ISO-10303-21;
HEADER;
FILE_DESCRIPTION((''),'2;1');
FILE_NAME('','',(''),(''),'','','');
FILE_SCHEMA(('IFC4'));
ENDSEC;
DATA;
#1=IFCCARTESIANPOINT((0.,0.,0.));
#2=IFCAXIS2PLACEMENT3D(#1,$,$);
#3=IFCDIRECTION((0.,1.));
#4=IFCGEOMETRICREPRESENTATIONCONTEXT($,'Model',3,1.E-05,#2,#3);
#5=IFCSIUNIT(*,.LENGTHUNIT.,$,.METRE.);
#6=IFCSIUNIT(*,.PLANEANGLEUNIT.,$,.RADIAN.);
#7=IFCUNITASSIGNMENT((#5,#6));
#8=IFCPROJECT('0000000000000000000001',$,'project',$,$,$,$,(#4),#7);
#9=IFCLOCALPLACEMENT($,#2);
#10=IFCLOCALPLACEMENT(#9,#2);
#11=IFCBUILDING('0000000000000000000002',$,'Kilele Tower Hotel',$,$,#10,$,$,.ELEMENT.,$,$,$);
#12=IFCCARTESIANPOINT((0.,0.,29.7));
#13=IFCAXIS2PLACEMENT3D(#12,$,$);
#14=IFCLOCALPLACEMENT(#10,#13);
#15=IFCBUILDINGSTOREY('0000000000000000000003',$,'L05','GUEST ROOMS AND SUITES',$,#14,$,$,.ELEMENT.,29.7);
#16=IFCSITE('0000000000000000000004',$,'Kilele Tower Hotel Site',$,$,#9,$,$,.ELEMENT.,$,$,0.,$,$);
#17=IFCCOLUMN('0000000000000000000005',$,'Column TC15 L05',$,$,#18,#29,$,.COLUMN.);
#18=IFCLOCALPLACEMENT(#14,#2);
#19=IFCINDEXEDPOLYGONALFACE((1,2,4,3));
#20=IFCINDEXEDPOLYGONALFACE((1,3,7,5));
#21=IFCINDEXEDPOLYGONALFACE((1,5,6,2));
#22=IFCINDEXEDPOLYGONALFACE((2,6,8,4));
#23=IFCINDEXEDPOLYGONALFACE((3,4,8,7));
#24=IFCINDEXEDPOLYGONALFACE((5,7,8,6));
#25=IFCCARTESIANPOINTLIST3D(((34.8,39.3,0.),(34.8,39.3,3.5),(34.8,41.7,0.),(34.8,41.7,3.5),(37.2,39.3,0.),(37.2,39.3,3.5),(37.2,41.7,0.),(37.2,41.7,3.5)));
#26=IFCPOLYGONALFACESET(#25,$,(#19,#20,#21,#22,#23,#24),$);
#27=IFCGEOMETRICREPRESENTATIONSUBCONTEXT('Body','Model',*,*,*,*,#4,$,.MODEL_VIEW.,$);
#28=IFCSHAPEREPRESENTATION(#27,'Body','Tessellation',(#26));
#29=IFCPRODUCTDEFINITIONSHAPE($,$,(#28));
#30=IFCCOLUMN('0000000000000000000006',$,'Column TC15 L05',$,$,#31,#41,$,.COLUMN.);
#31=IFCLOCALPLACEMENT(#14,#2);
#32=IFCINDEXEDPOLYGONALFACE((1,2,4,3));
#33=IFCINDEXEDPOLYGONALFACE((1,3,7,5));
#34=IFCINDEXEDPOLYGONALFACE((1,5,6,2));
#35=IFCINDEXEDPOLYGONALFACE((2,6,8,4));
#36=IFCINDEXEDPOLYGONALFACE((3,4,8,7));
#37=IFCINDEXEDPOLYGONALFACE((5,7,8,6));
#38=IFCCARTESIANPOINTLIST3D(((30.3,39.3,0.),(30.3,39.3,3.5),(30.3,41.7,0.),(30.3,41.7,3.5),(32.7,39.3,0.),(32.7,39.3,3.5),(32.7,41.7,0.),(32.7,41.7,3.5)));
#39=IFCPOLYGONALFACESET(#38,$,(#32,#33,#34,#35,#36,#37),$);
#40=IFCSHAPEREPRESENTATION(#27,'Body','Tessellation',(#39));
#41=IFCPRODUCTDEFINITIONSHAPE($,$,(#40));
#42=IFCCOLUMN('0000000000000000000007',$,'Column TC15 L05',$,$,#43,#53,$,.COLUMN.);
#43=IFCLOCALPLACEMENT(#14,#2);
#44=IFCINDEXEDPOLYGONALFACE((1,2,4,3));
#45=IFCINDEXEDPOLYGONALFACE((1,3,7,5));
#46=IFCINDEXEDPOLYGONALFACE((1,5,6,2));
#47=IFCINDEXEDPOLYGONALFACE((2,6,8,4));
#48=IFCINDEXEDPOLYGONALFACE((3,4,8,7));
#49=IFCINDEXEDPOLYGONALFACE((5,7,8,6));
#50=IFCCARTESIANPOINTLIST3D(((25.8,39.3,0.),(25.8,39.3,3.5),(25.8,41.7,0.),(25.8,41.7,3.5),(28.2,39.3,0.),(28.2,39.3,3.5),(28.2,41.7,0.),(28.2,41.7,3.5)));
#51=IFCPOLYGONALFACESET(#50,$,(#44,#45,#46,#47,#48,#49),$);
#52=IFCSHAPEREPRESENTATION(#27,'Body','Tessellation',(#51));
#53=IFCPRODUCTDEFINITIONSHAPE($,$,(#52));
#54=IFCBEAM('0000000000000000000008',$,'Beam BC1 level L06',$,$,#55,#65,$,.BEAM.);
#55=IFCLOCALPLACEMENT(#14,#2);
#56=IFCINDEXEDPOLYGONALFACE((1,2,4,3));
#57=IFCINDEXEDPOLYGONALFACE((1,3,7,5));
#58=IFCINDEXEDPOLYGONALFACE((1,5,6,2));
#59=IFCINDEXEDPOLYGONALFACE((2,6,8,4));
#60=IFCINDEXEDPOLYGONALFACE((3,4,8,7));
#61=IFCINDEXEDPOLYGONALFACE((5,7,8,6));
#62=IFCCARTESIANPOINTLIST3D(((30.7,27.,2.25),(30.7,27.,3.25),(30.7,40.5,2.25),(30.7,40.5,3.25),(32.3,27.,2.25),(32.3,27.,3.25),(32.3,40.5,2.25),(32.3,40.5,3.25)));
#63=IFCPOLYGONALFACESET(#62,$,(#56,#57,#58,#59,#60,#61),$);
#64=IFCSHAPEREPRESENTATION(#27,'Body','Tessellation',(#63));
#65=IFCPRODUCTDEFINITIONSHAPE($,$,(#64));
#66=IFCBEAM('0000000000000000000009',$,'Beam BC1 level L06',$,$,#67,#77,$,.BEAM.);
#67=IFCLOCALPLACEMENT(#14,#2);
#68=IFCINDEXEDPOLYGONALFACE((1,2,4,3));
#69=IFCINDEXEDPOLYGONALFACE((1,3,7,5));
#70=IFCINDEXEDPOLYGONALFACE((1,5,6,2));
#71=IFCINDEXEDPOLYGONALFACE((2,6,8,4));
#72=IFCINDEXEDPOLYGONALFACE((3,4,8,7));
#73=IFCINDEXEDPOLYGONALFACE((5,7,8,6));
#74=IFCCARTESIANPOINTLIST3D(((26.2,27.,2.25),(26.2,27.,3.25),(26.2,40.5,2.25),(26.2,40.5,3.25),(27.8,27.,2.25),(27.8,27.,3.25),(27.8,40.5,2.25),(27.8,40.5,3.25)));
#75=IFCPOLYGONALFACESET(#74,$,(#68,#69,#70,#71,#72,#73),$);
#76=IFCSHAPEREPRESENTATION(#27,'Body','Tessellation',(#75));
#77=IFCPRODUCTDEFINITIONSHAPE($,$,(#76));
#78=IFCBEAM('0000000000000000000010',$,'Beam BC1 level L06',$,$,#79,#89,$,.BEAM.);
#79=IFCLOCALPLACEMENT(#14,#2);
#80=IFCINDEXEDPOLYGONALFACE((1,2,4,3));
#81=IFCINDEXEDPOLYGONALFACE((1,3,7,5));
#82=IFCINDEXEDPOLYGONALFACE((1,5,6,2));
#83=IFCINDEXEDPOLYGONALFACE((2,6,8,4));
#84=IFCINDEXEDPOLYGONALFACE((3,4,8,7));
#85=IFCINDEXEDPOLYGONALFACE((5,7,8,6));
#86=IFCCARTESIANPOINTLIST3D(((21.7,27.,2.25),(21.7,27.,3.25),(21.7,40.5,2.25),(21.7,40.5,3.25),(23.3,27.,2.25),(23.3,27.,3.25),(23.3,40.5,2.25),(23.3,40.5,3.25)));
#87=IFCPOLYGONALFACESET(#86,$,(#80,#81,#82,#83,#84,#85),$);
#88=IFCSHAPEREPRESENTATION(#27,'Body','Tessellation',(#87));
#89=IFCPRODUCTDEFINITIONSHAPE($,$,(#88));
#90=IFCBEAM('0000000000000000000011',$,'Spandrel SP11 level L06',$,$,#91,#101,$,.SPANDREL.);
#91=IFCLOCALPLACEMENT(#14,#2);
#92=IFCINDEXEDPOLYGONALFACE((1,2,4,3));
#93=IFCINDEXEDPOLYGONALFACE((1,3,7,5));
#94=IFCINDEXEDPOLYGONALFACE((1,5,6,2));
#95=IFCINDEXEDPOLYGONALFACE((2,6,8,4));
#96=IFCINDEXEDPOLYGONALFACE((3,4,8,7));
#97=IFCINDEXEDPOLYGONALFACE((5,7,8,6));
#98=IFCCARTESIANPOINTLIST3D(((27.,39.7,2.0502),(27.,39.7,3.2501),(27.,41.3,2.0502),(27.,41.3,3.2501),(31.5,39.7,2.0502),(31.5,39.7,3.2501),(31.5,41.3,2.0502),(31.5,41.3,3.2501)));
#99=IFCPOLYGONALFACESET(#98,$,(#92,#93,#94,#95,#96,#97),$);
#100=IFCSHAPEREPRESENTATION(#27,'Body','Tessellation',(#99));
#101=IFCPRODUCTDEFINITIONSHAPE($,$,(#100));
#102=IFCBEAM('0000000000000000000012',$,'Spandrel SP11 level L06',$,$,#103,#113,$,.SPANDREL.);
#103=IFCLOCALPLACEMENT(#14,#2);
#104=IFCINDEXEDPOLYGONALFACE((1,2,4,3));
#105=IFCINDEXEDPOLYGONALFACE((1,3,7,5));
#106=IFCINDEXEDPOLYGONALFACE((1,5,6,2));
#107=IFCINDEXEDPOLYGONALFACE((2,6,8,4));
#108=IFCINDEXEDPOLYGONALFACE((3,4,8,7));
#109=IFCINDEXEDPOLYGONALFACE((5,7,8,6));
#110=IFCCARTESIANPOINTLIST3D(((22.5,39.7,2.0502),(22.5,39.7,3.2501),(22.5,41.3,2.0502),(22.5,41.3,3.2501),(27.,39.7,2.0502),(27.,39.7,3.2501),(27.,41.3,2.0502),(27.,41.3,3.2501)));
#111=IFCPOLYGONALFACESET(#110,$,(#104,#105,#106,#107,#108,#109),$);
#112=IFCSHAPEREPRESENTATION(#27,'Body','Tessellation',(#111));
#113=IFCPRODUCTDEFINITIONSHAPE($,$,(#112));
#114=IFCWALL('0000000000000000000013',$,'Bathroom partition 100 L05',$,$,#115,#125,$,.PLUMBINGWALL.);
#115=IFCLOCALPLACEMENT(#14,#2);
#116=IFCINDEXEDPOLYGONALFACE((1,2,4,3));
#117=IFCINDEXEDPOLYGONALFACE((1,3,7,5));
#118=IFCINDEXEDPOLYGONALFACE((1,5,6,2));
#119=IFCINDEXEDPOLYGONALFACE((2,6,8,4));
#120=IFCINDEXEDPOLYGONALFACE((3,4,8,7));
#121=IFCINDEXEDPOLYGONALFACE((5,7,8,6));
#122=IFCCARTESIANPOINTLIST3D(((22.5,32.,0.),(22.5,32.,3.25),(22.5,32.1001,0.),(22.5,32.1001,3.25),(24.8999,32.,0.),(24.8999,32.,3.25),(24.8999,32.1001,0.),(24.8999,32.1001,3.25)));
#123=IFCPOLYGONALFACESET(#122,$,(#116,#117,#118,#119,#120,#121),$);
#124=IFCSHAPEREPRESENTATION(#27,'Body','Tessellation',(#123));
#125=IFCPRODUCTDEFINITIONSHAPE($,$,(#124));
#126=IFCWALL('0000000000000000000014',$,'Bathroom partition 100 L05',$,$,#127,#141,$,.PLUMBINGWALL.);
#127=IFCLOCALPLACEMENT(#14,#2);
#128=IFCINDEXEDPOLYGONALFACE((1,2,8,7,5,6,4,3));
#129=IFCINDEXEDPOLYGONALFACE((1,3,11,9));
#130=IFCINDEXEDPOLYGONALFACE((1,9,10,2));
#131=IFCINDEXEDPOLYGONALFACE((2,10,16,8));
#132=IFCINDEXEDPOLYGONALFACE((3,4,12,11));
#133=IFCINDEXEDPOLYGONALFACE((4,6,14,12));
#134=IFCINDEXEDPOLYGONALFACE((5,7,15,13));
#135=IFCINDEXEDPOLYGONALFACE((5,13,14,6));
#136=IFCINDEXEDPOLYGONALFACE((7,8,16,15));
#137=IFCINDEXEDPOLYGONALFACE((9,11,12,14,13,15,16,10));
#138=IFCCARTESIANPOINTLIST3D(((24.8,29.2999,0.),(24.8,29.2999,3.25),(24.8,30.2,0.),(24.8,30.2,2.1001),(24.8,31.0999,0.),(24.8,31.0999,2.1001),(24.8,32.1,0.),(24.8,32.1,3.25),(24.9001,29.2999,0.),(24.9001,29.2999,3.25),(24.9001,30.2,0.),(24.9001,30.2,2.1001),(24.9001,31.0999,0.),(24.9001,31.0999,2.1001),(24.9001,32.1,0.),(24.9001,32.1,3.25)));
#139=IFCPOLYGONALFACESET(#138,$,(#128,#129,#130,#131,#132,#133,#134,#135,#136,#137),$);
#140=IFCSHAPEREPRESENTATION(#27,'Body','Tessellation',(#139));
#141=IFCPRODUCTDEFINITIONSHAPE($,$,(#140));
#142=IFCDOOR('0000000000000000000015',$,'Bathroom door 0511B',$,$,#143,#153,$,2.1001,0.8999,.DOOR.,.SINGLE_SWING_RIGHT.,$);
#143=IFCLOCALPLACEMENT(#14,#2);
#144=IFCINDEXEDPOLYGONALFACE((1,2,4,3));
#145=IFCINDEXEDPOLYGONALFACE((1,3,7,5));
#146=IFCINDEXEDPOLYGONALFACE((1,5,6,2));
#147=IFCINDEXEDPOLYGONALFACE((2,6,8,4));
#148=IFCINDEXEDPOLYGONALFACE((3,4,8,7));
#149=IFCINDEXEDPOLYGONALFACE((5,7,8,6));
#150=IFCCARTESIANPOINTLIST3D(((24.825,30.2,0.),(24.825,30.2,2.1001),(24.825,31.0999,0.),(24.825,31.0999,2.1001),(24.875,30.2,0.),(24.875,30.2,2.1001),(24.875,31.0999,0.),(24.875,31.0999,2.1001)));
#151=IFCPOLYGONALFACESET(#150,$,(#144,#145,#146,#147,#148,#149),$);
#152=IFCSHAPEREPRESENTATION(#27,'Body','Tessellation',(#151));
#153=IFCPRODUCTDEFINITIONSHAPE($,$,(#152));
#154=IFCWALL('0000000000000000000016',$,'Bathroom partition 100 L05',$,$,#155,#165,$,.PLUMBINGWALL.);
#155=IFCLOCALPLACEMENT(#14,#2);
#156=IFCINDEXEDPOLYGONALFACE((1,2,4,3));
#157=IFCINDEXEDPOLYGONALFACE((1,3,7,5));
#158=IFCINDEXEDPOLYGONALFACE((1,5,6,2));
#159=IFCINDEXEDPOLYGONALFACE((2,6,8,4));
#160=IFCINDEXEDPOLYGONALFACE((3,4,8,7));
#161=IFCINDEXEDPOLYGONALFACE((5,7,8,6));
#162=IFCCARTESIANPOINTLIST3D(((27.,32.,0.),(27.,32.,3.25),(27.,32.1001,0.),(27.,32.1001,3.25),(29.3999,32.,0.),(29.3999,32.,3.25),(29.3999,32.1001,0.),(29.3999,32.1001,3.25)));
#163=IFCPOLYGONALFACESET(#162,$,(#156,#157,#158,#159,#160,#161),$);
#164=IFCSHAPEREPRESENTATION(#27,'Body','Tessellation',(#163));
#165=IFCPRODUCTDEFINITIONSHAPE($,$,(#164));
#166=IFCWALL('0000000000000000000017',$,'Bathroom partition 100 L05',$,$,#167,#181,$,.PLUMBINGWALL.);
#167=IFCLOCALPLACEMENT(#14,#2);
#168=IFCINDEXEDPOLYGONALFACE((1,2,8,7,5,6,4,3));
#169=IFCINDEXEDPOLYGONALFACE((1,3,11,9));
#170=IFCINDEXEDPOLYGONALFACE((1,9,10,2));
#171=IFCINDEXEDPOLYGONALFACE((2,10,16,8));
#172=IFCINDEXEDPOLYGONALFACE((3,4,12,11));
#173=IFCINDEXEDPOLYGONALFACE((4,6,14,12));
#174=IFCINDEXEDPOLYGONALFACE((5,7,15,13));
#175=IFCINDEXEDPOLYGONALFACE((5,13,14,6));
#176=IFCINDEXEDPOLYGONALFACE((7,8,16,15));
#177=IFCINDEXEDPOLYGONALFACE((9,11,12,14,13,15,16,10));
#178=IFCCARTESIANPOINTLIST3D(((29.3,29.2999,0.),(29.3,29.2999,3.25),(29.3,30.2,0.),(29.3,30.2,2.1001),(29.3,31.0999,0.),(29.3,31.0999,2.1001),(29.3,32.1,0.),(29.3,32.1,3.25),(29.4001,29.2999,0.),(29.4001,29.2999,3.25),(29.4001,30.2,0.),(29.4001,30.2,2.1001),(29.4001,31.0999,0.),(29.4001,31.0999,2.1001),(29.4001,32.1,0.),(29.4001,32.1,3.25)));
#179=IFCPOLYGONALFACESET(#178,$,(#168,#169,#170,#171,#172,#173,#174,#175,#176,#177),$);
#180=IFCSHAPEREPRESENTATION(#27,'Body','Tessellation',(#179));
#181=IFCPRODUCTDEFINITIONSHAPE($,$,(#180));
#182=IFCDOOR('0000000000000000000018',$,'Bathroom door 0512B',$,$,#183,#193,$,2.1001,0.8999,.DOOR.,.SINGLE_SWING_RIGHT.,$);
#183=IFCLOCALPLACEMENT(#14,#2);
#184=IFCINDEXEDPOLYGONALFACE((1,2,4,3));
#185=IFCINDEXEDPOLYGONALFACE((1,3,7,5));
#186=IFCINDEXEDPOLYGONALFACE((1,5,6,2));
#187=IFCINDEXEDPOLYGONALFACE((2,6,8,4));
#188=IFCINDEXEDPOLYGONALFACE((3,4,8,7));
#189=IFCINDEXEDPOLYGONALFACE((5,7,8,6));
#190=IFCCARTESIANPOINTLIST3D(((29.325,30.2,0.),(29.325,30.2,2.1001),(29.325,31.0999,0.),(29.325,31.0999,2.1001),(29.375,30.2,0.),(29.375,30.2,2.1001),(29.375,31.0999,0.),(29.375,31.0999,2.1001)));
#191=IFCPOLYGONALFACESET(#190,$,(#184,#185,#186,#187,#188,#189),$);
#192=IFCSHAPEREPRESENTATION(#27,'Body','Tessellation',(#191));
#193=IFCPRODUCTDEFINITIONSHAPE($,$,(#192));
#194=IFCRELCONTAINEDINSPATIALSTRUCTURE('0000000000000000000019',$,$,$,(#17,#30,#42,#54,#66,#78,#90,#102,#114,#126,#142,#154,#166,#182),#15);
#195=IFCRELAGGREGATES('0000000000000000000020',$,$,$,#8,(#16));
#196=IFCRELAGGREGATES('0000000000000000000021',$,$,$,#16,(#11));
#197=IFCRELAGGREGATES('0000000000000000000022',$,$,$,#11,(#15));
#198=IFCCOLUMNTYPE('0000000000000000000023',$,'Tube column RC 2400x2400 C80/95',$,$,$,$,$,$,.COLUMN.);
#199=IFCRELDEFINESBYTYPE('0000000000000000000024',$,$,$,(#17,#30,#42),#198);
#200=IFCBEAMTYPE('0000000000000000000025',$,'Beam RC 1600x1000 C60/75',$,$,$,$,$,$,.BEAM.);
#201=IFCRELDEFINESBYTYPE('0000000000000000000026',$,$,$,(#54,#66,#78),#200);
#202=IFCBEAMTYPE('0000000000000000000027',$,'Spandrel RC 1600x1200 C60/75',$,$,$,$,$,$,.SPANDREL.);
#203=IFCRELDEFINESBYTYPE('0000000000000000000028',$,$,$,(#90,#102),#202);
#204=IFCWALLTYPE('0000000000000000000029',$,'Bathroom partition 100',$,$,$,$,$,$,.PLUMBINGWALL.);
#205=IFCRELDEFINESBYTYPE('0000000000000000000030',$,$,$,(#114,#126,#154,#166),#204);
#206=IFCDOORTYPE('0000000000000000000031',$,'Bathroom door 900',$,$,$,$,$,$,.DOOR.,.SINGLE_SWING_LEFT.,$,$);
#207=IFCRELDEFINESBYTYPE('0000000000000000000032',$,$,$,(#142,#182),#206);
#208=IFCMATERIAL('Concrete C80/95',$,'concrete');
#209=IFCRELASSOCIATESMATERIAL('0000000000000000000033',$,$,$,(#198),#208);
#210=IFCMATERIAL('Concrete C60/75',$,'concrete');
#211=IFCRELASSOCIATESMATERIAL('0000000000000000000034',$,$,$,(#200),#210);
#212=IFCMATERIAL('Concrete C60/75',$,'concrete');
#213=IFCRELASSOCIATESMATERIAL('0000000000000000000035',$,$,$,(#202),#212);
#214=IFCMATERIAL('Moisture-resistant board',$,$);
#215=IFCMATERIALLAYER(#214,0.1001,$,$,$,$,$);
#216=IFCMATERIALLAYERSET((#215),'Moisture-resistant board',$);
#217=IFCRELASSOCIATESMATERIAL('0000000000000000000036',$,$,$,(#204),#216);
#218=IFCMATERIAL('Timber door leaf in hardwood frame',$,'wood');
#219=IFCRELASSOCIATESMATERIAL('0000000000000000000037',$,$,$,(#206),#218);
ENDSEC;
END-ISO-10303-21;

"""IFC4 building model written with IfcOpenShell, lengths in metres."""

from ifc_helpers import new_model, si_unit, direction, frame, frame_2d, origin, origin_2d, place, context, subcontext, project, spatial, rectangle, extrude, material, layer, layer_set, material_profile, profile_set, type_object, element, fill, save


model = new_model("IFC4")

# Units and contexts
model_context = context("Model", 3, precision=1e-05, world=origin(), true_north=direction((0.0, 1.0)))
body_context = subcontext(model_context, "Body", "Model", "MODEL_VIEW")
ifc_project = project(units=[si_unit("LENGTHUNIT", "METRE"), si_unit("PLANEANGLEUNIT", "RADIAN")], contexts=[model_context])

# Site, building, storey
site_placement = place(None, origin())
site = spatial("IfcSite", under=ifc_project, at=site_placement, Name="Kilele Tower Hotel Site", CompositionType="ELEMENT", RefElevation=0.0)
building_placement = place(site_placement, origin())
building = spatial("IfcBuilding", under=site, at=building_placement, Name="Kilele Tower Hotel", CompositionType="ELEMENT")
storey_placement = place(building_placement, frame((0.0, 0.0, 29.7)))
storey = spatial("IfcBuildingStorey", under=building, at=storey_placement, Name="L05", Description="GUEST ROOMS AND SUITES", CompositionType="ELEMENT", Elevation=29.7)

# Columns
ifc_material_1 = material(Name="Concrete C80/95", Category="concrete")
ifc_material_profile_1 = material_profile(ifc_material_1, rectangle(XDim=2.3999, YDim=2.3999, at=origin_2d()))
ifc_profile_set_1 = profile_set([ifc_material_profile_1], Name="Concrete C80/95")
column_type = type_object("IfcColumnType", Name="Tube column RC 2400x2400 C80/95", PredefinedType="COLUMN", material=ifc_profile_set_1)
for number, where, z_axis, x_axis, name in (
    (1, (36.0, 40.5, 0.0), (0.0, 0.0, 1.0), (1.0, 0.0, 0.0), "Column TC15 L05"),
    (2, (31.5, 40.5, 0.0), (0.0, 0.0, 1.0), (1.0, 0.0, 0.0), "Column TC15 L05"),
    (3, (27.0, 40.5, 0.0), (0.0, 0.0, 1.0), (1.0, 0.0, 0.0), "Column TC15 L05"),
):
    element("IfcColumn", number, at=place(storey_placement, frame(where, z_axis=z_axis, x_axis=x_axis)), inside=storey, type_object=column_type, Name=name, PredefinedType="COLUMN", context=body_context, shape_type="SweptSolid", body=[
        extrude(rectangle(XDim=2.3999, YDim=2.3999, at=origin_2d()), origin(), (0.0, 0.0, 1.0), 3.5),
    ])

# Beams
ifc_material_2 = material(Name="Concrete C60/75", Category="concrete")
ifc_material_profile_2 = material_profile(ifc_material_2, rectangle(XDim=1.6001, YDim=1.0, at=origin_2d()))
ifc_profile_set_2 = profile_set([ifc_material_profile_2], Name="Concrete C60/75")
beam_type_1 = type_object("IfcBeamType", Name="Beam RC 1600x1000 C60/75", PredefinedType="BEAM", material=ifc_profile_set_2)
for number, where, z_axis, x_axis, name in (
    (4, (31.5, 40.5, 2.75), (0.0, -1.0, 0.0), (1.0, 0.0, 0.0), "Beam BC1 level L06"),
    (5, (27.0, 40.5, 2.75), (0.0, -1.0, 0.0), (1.0, 0.0, 0.0), "Beam BC1 level L06"),
    (6, (22.5, 40.5, 2.75), (0.0, -1.0, 0.0), (1.0, 0.0, 0.0), "Beam BC1 level L06"),
):
    element("IfcBeam", number, at=place(storey_placement, frame(where, z_axis=z_axis, x_axis=x_axis)), inside=storey, type_object=beam_type_1, Name=name, PredefinedType="BEAM", context=body_context, shape_type="SweptSolid", body=[
        extrude(rectangle(XDim=1.6001, YDim=1.0, at=origin_2d()), origin(), (0.0, 0.0, 1.0), 13.5),
    ])
ifc_material_3 = material(Name="Concrete C60/75", Category="concrete")
ifc_material_profile_3 = material_profile(ifc_material_3, rectangle(XDim=1.6001, YDim=1.2, at=origin_2d()))
ifc_profile_set_3 = profile_set([ifc_material_profile_3], Name="Concrete C60/75")
beam_type_2 = type_object("IfcBeamType", Name="Spandrel RC 1600x1200 C60/75", PredefinedType="SPANDREL", material=ifc_profile_set_3)
for number, where, z_axis, x_axis, name in (
    (7, (31.5, 40.5, 2.6501), (-1.0, 0.0, 0.0), (0.0, -1.0, 0.0), "Spandrel SP11 level L06"),
    (8, (27.0, 40.5, 2.6501), (-1.0, 0.0, 0.0), (0.0, -1.0, 0.0), "Spandrel SP11 level L06"),
):
    element("IfcBeam", number, at=place(storey_placement, frame(where, z_axis=z_axis, x_axis=x_axis)), inside=storey, type_object=beam_type_2, Name=name, PredefinedType="SPANDREL", context=body_context, shape_type="SweptSolid", body=[
        extrude(rectangle(XDim=1.6001, YDim=1.2, at=origin_2d()), origin(), (0.0, 0.0, 1.0), 4.5),
    ])

# Wall
ifc_material_4 = material(Name="Moisture-resistant board")
ifc_layer_1 = layer(ifc_material_4, 0.1001)
ifc_layer_set_1 = layer_set([ifc_layer_1], Name="Moisture-resistant board")
wall_type_1 = type_object("IfcWallType", Name="Bathroom partition 100", PredefinedType="PLUMBINGWALL", material=ifc_layer_set_1)
wall_1_placement = place(storey_placement, frame((22.5, 32.05, 0.0), z_axis=(0.0, 0.0, 1.0), x_axis=(1.0, 0.0, 0.0)))
element("IfcWall", 9, at=wall_1_placement, inside=storey, type_object=wall_type_1, Name="Bathroom partition 100 L05", PredefinedType="PLUMBINGWALL", context=body_context, shape_type="SweptSolid", body=[
    extrude(rectangle(XDim=2.3999, YDim=0.1001, at=frame_2d((1.2, 0.0))), origin(), (0.0, 0.0, 1.0), 3.25),
])

# Wall, opening, door
wall_2_placement = place(storey_placement, frame((24.8501, 29.3, 0.0), z_axis=(0.0, 0.0, 1.0), x_axis=(0.0, 1.0, 0.0)))
wall_2 = element("IfcWall", 10, at=wall_2_placement, inside=storey, type_object=wall_type_1, Name="Bathroom partition 100 L05", PredefinedType="PLUMBINGWALL", context=body_context, shape_type="SweptSolid", body=[
    extrude(rectangle(XDim=2.8, YDim=0.1001, at=frame_2d((1.3999, 0.0))), origin(), (0.0, 0.0, 1.0), 3.25),
])
opening_1_placement = place(wall_2_placement, frame((1.7998, 0.0, 0.0), z_axis=(0.0, 0.0, 1.0), x_axis=(-1.0, 0.0, 0.0)))
opening_1 = element("IfcOpeningElement", 11, at=opening_1_placement, cuts=wall_2, PredefinedType="OPENING", context=body_context, shape_type="SweptSolid", body=[
    extrude(rectangle(XDim=0.8999, YDim=2.1001, at=frame_2d((0.45, 1.05))), frame((0.0, 0.0601, 0.0), z_axis=(0.0, -1.0, 0.0), x_axis=(1.0, 0.0, 0.0)), (0.0, 0.0, 1.0), 0.1201),
])
ifc_material_5 = material(Name="Timber door leaf in hardwood frame", Category="wood")
door_type_1 = type_object("IfcDoorType", Name="Bathroom door 900", OperationType="SINGLE_SWING_LEFT", PredefinedType="DOOR", material=ifc_material_5)
door_1_placement = place(opening_1_placement, origin())
door_1 = element("IfcDoor", 12, at=door_1_placement, inside=storey, type_object=door_type_1, Name="Bathroom door 0511B", OperationType="SINGLE_SWING_RIGHT", OverallHeight=2.1001, OverallWidth=0.8999, PredefinedType="DOOR", context=body_context, shape_type="SweptSolid", body=[
    extrude(rectangle(XDim=0.8999, YDim=2.1001, at=frame_2d((0.45, 1.05))), frame((0.0, 0.0249, 0.0), z_axis=(0.0, -1.0, 0.0), x_axis=(1.0, 0.0, 0.0)), (0.0, 0.0, 1.0), 0.05),
])
fill(opening_1, door_1)

# Wall
wall_3_placement = place(storey_placement, frame((27.0, 32.05, 0.0), z_axis=(0.0, 0.0, 1.0), x_axis=(1.0, 0.0, 0.0)))
element("IfcWall", 13, at=wall_3_placement, inside=storey, type_object=wall_type_1, Name="Bathroom partition 100 L05", PredefinedType="PLUMBINGWALL", context=body_context, shape_type="SweptSolid", body=[
    extrude(rectangle(XDim=2.3999, YDim=0.1001, at=frame_2d((1.2, 0.0))), origin(), (0.0, 0.0, 1.0), 3.25),
])

# Wall, opening, door
wall_4_placement = place(storey_placement, frame((29.3501, 29.3, 0.0), z_axis=(0.0, 0.0, 1.0), x_axis=(0.0, 1.0, 0.0)))
wall_4 = element("IfcWall", 14, at=wall_4_placement, inside=storey, type_object=wall_type_1, Name="Bathroom partition 100 L05", PredefinedType="PLUMBINGWALL", context=body_context, shape_type="SweptSolid", body=[
    extrude(rectangle(XDim=2.8, YDim=0.1001, at=frame_2d((1.3999, 0.0))), origin(), (0.0, 0.0, 1.0), 3.25),
])
opening_2_placement = place(wall_4_placement, frame((1.7998, 0.0, 0.0), z_axis=(0.0, 0.0, 1.0), x_axis=(-1.0, 0.0, 0.0)))
opening_2 = element("IfcOpeningElement", 15, at=opening_2_placement, cuts=wall_4, PredefinedType="OPENING", context=body_context, shape_type="SweptSolid", body=[
    extrude(rectangle(XDim=0.8999, YDim=2.1001, at=frame_2d((0.45, 1.05))), frame((0.0, 0.0601, 0.0), z_axis=(0.0, -1.0, 0.0), x_axis=(1.0, 0.0, 0.0)), (0.0, 0.0, 1.0), 0.1201),
])
door_2_placement = place(opening_2_placement, origin())
door_2 = element("IfcDoor", 16, at=door_2_placement, inside=storey, type_object=door_type_1, Name="Bathroom door 0512B", OperationType="SINGLE_SWING_RIGHT", OverallHeight=2.1001, OverallWidth=0.8999, PredefinedType="DOOR", context=body_context, shape_type="SweptSolid", body=[
    extrude(rectangle(XDim=0.8999, YDim=2.1001, at=frame_2d((0.45, 1.05))), frame((0.0, 0.0249, 0.0), z_axis=(0.0, -1.0, 0.0), x_axis=(1.0, 0.0, 0.0)), (0.0, 0.0, 1.0), 0.05),
])
fill(opening_2, door_2)

save(model, "model.ifc")
